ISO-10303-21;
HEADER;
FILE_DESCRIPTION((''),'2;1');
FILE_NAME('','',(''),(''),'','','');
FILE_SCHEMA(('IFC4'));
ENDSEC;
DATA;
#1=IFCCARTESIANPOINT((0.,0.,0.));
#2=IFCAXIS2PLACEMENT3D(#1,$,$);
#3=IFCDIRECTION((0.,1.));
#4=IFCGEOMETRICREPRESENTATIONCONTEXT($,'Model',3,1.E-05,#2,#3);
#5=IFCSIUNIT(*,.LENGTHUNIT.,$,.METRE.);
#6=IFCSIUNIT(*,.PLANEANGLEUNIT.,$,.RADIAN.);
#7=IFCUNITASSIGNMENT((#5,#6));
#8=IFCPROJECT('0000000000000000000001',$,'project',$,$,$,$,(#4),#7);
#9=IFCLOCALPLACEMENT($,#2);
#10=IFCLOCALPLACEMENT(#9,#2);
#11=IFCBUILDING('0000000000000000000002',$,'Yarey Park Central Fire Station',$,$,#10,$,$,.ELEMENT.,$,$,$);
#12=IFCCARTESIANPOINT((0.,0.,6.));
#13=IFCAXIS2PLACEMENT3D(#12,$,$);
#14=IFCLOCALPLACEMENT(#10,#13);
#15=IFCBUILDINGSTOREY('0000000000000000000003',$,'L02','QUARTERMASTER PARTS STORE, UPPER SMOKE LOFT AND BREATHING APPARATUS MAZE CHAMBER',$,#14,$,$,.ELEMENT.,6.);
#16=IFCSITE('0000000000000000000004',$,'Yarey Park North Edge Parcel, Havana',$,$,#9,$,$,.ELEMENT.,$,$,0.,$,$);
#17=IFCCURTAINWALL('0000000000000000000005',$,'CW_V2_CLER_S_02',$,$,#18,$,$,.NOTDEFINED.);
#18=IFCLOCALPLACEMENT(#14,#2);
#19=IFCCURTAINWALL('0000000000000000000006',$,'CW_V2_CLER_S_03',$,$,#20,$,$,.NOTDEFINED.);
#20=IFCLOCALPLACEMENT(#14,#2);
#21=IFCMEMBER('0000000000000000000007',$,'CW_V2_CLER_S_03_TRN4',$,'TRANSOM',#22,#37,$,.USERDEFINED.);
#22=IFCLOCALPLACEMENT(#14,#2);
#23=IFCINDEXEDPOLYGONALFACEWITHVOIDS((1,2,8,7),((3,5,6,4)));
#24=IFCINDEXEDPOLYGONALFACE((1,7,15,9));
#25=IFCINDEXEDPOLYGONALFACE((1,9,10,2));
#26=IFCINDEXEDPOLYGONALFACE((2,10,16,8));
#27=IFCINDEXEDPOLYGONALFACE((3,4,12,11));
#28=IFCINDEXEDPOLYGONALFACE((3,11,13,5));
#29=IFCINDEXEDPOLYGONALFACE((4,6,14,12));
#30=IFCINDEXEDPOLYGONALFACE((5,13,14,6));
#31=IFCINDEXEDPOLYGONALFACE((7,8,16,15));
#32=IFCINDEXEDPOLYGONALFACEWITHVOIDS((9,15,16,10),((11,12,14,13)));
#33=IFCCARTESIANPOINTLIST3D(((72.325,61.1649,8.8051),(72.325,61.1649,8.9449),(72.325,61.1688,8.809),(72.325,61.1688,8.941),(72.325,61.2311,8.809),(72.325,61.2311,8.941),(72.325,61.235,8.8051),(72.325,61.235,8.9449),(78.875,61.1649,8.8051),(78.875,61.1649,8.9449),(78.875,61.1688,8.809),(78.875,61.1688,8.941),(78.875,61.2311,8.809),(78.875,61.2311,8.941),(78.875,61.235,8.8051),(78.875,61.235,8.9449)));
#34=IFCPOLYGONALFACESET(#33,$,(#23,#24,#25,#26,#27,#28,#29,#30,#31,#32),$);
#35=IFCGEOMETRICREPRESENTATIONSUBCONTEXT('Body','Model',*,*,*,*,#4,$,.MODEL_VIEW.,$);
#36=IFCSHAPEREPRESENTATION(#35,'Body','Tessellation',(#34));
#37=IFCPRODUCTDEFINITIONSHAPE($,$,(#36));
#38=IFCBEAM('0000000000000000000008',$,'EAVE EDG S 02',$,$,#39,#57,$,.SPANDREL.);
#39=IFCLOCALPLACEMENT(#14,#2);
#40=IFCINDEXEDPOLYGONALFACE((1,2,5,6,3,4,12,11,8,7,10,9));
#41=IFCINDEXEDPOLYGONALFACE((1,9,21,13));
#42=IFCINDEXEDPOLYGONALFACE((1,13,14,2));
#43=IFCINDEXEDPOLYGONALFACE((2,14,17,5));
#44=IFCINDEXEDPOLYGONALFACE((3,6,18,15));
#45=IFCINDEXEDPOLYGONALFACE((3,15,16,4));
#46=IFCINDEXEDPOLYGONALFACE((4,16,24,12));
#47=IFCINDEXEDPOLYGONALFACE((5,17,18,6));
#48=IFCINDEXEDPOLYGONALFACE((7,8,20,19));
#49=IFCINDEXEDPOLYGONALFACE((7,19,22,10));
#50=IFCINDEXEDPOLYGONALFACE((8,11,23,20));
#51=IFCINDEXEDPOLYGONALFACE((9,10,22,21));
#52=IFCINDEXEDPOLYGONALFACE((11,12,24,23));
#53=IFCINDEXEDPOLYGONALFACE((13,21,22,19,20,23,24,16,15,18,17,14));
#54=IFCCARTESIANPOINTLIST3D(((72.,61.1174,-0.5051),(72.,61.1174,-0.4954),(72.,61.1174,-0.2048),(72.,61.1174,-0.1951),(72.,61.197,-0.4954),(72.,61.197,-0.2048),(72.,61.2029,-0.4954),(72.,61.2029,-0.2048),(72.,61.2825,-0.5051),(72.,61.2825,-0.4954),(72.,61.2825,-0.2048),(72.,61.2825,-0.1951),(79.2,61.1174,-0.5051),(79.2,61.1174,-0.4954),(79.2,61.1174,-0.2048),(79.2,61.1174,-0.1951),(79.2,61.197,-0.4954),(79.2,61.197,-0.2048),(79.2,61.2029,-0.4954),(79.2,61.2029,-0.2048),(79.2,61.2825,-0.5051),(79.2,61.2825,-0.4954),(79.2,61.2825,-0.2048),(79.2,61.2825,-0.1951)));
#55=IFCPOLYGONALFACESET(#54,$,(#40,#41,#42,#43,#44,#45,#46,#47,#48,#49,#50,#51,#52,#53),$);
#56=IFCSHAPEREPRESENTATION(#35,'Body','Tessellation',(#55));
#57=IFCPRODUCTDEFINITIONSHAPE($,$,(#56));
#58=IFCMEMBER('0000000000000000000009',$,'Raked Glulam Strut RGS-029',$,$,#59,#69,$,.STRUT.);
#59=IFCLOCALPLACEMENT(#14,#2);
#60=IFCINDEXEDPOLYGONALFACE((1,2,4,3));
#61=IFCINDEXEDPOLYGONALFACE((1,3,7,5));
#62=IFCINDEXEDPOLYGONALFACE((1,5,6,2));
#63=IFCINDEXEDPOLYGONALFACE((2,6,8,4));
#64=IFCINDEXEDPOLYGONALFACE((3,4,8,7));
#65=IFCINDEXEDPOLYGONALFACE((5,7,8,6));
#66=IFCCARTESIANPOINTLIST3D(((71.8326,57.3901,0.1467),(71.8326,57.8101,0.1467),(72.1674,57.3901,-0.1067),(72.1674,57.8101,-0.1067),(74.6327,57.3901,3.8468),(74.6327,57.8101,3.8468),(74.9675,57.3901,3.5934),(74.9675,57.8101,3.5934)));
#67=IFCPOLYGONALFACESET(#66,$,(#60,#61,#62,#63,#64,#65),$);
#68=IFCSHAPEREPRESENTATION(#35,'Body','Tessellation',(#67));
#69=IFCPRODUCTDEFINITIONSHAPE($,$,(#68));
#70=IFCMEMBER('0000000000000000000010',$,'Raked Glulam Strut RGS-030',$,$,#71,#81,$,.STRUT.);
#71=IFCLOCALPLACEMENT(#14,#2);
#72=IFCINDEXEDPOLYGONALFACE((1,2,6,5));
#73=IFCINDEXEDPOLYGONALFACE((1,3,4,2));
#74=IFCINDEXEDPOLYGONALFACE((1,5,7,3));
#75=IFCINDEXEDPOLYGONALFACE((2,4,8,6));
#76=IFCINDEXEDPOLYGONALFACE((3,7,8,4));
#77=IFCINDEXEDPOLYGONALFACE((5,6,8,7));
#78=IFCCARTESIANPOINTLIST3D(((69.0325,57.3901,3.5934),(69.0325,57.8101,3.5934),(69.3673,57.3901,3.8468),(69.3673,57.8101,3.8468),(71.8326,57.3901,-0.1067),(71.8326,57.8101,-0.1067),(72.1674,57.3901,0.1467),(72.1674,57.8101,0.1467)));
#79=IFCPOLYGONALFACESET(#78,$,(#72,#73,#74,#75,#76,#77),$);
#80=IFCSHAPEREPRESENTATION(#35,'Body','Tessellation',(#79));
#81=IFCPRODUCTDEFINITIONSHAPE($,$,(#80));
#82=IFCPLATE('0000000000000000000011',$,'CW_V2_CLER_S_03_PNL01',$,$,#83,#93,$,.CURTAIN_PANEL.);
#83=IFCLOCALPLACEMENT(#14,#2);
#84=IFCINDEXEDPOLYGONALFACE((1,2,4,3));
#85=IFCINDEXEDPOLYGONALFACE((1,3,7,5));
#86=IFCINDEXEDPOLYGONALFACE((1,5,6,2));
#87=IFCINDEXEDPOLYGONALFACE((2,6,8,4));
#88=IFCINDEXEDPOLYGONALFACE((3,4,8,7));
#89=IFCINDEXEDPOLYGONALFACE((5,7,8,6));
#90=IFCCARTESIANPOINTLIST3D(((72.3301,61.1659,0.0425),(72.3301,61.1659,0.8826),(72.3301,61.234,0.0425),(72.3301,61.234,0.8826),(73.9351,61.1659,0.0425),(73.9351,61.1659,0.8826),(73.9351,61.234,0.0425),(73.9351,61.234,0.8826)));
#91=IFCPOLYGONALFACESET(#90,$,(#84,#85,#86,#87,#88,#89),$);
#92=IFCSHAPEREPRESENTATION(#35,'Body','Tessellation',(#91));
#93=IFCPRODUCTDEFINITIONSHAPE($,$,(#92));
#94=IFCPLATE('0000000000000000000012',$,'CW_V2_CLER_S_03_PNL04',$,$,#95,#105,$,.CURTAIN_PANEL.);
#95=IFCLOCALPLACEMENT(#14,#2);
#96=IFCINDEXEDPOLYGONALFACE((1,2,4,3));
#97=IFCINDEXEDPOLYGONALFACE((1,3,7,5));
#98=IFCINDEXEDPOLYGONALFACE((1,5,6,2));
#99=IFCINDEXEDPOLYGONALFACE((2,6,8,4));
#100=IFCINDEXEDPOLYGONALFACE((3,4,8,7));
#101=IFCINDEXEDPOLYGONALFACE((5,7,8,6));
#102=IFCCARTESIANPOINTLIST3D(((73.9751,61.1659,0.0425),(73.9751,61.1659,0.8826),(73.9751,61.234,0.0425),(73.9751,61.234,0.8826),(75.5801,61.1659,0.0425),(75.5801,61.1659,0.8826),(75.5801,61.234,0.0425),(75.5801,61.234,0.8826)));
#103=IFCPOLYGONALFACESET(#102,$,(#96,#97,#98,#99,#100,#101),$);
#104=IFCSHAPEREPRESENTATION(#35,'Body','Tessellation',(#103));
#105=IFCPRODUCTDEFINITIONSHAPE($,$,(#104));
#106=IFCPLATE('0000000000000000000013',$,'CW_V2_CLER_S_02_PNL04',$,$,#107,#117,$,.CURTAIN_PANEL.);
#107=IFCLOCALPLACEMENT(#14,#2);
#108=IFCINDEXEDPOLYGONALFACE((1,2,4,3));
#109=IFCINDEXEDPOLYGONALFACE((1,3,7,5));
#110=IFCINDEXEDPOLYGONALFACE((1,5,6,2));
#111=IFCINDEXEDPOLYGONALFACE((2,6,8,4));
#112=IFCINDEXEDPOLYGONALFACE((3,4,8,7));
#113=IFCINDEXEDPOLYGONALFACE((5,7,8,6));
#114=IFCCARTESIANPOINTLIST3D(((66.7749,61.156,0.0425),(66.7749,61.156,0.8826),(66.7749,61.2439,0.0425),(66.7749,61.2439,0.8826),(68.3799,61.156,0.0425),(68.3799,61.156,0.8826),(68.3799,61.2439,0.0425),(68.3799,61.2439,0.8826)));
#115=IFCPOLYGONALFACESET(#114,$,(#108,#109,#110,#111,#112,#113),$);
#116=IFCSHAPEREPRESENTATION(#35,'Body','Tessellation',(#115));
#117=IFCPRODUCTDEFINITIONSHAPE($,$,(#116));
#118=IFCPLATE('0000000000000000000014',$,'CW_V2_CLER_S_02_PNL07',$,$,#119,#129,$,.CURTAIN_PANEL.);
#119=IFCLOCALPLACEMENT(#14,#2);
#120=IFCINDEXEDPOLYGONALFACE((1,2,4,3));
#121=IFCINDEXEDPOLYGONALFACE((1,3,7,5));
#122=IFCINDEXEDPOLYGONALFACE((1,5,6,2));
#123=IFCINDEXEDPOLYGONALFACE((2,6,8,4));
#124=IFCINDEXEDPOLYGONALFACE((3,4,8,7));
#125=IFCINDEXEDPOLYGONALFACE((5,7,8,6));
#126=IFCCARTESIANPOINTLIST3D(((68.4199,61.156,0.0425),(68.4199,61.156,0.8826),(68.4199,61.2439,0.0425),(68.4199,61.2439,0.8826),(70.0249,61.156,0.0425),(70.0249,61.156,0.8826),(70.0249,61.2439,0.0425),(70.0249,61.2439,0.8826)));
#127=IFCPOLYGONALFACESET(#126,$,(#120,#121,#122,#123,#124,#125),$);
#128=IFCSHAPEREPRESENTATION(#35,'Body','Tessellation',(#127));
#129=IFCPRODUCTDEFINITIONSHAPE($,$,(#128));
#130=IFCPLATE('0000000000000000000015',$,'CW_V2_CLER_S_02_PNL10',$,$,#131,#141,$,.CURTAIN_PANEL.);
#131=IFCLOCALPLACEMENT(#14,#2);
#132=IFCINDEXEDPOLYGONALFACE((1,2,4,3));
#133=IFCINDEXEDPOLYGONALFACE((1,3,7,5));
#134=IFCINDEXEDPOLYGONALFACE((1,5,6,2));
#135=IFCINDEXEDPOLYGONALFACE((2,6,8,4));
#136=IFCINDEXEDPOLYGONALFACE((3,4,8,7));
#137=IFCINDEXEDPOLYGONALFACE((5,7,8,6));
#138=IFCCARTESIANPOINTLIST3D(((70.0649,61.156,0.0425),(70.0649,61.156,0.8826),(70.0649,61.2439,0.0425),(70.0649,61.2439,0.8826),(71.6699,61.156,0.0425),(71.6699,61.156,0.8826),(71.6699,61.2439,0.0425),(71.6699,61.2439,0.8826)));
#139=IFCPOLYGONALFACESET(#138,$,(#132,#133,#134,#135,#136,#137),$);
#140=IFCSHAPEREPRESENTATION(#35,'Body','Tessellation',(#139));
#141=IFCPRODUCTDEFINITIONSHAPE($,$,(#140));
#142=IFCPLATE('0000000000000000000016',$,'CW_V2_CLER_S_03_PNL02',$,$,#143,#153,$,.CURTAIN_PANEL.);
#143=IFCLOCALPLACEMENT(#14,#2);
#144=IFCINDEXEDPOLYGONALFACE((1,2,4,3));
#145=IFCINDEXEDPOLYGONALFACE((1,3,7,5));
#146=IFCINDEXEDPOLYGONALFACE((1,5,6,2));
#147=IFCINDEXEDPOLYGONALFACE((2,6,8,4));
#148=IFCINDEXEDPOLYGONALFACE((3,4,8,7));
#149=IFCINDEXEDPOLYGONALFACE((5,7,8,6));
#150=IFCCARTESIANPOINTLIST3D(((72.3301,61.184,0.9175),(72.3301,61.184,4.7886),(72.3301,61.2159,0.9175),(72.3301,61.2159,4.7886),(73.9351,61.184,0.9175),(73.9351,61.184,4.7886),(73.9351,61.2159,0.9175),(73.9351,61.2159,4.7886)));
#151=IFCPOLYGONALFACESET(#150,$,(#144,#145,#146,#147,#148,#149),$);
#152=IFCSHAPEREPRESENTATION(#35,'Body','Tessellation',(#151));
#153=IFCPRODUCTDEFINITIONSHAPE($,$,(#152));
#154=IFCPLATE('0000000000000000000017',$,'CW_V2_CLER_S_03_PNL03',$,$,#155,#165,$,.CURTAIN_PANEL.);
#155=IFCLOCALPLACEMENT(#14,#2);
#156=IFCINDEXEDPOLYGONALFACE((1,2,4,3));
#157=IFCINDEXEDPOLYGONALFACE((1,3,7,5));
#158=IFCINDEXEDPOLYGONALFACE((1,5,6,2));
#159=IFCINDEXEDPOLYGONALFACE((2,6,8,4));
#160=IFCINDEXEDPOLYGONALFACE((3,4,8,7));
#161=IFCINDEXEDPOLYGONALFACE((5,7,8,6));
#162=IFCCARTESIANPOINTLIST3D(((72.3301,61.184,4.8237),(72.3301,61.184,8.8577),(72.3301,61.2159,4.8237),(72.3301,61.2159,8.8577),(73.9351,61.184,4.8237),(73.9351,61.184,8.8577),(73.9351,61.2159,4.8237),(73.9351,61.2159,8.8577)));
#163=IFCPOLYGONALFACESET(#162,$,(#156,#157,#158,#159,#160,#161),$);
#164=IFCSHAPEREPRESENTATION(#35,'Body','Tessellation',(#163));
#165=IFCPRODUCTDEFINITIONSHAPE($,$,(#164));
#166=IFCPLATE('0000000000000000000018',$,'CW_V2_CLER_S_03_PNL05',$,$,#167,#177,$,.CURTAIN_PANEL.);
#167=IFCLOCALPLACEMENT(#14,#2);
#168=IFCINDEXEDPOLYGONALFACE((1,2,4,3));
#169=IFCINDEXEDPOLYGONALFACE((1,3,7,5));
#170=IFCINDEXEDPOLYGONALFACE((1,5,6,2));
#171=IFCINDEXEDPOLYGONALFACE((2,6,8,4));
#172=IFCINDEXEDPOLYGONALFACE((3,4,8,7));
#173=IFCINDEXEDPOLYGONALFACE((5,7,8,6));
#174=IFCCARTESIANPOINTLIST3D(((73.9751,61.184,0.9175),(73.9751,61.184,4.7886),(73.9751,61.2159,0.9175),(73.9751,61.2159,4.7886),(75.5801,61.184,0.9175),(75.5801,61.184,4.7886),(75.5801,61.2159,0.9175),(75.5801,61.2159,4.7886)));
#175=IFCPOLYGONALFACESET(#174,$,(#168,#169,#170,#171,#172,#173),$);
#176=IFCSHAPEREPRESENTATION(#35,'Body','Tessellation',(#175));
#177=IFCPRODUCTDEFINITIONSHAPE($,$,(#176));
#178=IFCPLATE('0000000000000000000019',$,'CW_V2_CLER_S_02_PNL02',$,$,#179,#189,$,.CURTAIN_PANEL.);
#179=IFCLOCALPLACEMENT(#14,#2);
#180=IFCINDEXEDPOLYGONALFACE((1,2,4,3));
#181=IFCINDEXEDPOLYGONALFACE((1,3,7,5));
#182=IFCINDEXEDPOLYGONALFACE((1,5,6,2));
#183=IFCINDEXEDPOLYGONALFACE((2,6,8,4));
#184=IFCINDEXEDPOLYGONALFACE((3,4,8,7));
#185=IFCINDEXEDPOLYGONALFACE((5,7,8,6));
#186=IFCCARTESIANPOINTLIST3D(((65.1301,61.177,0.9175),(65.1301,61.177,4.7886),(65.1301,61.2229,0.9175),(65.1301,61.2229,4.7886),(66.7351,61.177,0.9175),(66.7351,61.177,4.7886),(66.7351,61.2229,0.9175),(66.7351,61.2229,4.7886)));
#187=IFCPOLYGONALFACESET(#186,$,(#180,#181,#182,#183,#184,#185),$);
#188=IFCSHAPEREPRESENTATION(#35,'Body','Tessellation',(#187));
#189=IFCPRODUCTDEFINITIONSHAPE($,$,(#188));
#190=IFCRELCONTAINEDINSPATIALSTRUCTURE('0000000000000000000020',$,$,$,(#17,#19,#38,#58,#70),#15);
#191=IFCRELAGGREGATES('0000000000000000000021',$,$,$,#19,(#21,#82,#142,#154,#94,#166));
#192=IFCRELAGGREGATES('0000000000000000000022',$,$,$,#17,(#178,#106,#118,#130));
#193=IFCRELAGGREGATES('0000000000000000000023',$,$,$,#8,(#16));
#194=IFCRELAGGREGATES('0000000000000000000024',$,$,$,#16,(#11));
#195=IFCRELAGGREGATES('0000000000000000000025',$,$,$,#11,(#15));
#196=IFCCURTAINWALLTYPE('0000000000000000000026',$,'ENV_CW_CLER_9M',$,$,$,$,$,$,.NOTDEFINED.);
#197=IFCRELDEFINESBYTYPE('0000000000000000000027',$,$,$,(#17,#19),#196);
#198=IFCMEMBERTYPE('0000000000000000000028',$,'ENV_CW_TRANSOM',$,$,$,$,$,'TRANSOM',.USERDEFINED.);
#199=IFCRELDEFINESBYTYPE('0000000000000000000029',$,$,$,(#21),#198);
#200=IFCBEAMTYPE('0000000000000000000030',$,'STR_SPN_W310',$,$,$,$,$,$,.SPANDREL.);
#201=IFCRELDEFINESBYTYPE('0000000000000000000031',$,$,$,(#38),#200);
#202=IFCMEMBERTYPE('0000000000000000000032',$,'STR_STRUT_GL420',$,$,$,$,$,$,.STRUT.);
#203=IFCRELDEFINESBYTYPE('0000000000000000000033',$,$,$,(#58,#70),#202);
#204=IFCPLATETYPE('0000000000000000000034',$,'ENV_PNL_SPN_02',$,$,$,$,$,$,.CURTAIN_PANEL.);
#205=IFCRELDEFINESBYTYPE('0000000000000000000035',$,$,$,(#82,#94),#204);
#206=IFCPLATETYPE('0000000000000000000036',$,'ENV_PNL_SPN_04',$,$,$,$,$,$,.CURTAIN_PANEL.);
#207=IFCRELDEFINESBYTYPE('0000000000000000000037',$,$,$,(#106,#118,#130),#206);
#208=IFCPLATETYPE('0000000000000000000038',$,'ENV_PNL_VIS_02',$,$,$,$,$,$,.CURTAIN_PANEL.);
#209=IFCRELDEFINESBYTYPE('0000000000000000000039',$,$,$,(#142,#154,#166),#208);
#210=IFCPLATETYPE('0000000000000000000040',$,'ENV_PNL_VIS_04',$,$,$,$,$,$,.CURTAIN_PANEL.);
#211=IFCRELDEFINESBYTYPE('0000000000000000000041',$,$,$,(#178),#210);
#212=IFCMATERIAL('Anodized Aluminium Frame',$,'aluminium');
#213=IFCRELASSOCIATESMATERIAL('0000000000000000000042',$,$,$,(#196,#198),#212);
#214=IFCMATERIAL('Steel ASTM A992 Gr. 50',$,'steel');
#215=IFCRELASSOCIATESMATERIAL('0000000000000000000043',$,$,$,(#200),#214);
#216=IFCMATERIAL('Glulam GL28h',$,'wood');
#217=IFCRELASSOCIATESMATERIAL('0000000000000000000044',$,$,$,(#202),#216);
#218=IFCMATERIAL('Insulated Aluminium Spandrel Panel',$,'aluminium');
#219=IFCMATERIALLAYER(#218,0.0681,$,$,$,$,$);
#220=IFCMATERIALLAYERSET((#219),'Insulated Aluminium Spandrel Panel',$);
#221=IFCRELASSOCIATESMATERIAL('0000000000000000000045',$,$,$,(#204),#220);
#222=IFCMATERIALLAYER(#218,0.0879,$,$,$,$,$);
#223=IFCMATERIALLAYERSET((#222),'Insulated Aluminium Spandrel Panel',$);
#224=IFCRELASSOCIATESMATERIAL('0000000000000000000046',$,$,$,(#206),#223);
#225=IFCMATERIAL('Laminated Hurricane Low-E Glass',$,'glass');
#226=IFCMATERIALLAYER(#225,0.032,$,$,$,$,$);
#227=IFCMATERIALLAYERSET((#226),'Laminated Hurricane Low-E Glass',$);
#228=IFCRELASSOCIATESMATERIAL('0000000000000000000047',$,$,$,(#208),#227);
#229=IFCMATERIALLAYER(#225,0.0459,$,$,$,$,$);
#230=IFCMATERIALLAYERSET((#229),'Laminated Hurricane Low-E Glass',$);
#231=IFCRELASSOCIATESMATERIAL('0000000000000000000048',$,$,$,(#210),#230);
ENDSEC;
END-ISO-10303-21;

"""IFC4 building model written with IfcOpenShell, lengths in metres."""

from ifc_helpers import new_model, si_unit, direction, frame, origin, origin_2d, place, context, subcontext, project, spatial, rectangle, hollow_rectangle, i_section, extrude, material, layer, layer_set, material_profile, profile_set, type_object, element, aggregate, save


model = new_model("IFC4")

# Units and contexts
model_context = context("Model", 3, precision=1e-05, world=origin(), true_north=direction((0.0, 1.0)))
body_context = subcontext(model_context, "Body", "Model", "MODEL_VIEW")
ifc_project = project(units=[si_unit("LENGTHUNIT", "METRE"), si_unit("PLANEANGLEUNIT", "RADIAN")], contexts=[model_context])

# Site, building, storey
site_placement = place(None, origin())
site = spatial("IfcSite", under=ifc_project, at=site_placement, Name="Yarey Park North Edge Parcel, Havana", CompositionType="ELEMENT", RefElevation=0.0)
building_placement = place(site_placement, origin())
building = spatial("IfcBuilding", under=site, at=building_placement, Name="Yarey Park Central Fire Station", CompositionType="ELEMENT")
storey_placement = place(building_placement, frame((0.0, 0.0, 6.0)))
storey = spatial("IfcBuildingStorey", under=building, at=storey_placement, Name="L02", Description="QUARTERMASTER PARTS STORE, UPPER SMOKE LOFT AND BREATHING APPARATUS MAZE CHAMBER", CompositionType="ELEMENT", Elevation=6.0)

# Shared definitions
ifc_material_1 = material(Name="Steel ASTM A992 Gr. 50", Category="steel")

# Curtain walls, member
ifc_material_2 = material(Name="Anodized Aluminium Frame", Category="aluminium")
curtain_wall_type = type_object("IfcCurtainWallType", Name="ENV_CW_CLER_9M", PredefinedType="NOTDEFINED", material=ifc_material_2)
curtain_wall_1_placement = place(storey_placement, origin())
curtain_wall_1 = element("IfcCurtainWall", 1, at=curtain_wall_1_placement, inside=storey, type_object=curtain_wall_type, Name="CW_V2_CLER_S_02", PredefinedType="NOTDEFINED")
curtain_wall_2_placement = place(storey_placement, origin())
curtain_wall_2 = element("IfcCurtainWall", 2, at=curtain_wall_2_placement, inside=storey, type_object=curtain_wall_type, Name="CW_V2_CLER_S_03", PredefinedType="NOTDEFINED")
ifc_material_profile_1 = material_profile(ifc_material_2, hollow_rectangle(XDim=0.0701, YDim=0.1399, WallThickness=0.0039, at=origin_2d()), Name="ALU 140x70x4")
ifc_profile_set_1 = profile_set([ifc_material_profile_1], Name="Anodized Aluminium Frame")
member_type_1 = type_object("IfcMemberType", Name="ENV_CW_TRANSOM", ElementType="TRANSOM", PredefinedType="USERDEFINED", material=ifc_profile_set_1)
member_1_placement = place(storey_placement, frame((72.325, 61.2, 8.875), z_axis=(1.0, 0.0, 0.0), x_axis=(0.0, 1.0, 0.0)))
member_1 = element("IfcMember", 3, at=member_1_placement, type_object=member_type_1, Name="CW_V2_CLER_S_03_TRN4", ObjectType="TRANSOM", PredefinedType="USERDEFINED", context=body_context, shape_type="SweptSolid", body=[
    extrude(hollow_rectangle(XDim=0.0701, YDim=0.1399, WallThickness=0.0039, at=origin_2d()), origin(), (0.0, 0.0, 1.0), 6.55),
])

# Beam
ifc_material_profile_2 = material_profile(ifc_material_1, i_section(OverallWidth=0.165, OverallDepth=0.3101, WebThickness=0.0059, FlangeThickness=0.0098, at=origin_2d()), Name="W310x39")
ifc_profile_set_2 = profile_set([ifc_material_profile_2], Name="Steel ASTM A992 Gr. 50")
beam_type = type_object("IfcBeamType", Name="STR_SPN_W310", PredefinedType="SPANDREL", material=ifc_profile_set_2)
beam_placement = place(storey_placement, frame((72.0, 61.2, -0.3501), z_axis=(1.0, 0.0, 0.0), x_axis=(0.0, 1.0, 0.0)))
element("IfcBeam", 4, at=beam_placement, inside=storey, type_object=beam_type, Name="EAVE EDG S 02", PredefinedType="SPANDREL", context=body_context, shape_type="SweptSolid", body=[
    extrude(i_section(OverallWidth=0.165, OverallDepth=0.3101, WebThickness=0.0059, FlangeThickness=0.0098, at=origin_2d()), origin(), (0.0, 0.0, 1.0), 7.2),
])

# Members
ifc_material_3 = material(Name="Glulam GL28h", Category="wood")
ifc_material_profile_3 = material_profile(ifc_material_3, rectangle(XDim=0.4199, YDim=0.4199, at=origin_2d()), Name="GL 420x420")
ifc_profile_set_3 = profile_set([ifc_material_profile_3], Name="Glulam GL28h")
member_type_2 = type_object("IfcMemberType", Name="STR_STRUT_GL420", PredefinedType="STRUT", material=ifc_profile_set_3)
for number, where, z_axis, x_axis, name in (
    (5, (72.0, 57.6001, 0.02), (0.603454, 0.0, 0.797397), (0.0, 1.0, 0.0), "Raked Glulam Strut RGS-029"),
    (6, (72.0, 57.6001, 0.02), (-0.603454, 0.0, 0.797397), (0.0, -1.0, 0.0), "Raked Glulam Strut RGS-030"),
):
    element("IfcMember", number, at=place(storey_placement, frame(where, z_axis=z_axis, x_axis=x_axis)), inside=storey, type_object=member_type_2, Name=name, PredefinedType="STRUT", context=body_context, shape_type="SweptSolid", body=[
        extrude(rectangle(XDim=0.4199, YDim=0.4199, at=origin_2d()), origin(), (0.0, 0.0, 1.0), 4.6401),
    ])

# Plates
ifc_material_4 = material(Name="Insulated Aluminium Spandrel Panel", Category="aluminium")
ifc_layer_1 = layer(ifc_material_4, 0.0681)
ifc_layer_set_1 = layer_set([ifc_layer_1], Name="Insulated Aluminium Spandrel Panel")
plate_type_1 = type_object("IfcPlateType", Name="ENV_PNL_SPN_02", PredefinedType="CURTAIN_PANEL", material=ifc_layer_set_1)
plate_1_placement = place(storey_placement, frame((73.1326, 61.2, 0.0425), z_axis=(0.0, 0.0, 1.0), x_axis=(1.0, 0.0, 0.0)))
plate_1 = element("IfcPlate", 7, at=plate_1_placement, type_object=plate_type_1, Name="CW_V2_CLER_S_03_PNL01", PredefinedType="CURTAIN_PANEL", context=body_context, shape_type="SweptSolid", body=[
    extrude(rectangle(XDim=1.605, YDim=0.0681, at=origin_2d()), origin(), (0.0, 0.0, 1.0), 0.8401),
])
plate_2_placement = place(storey_placement, frame((74.7776, 61.2, 0.0425), z_axis=(0.0, 0.0, 1.0), x_axis=(1.0, 0.0, 0.0)))
plate_2 = element("IfcPlate", 8, at=plate_2_placement, type_object=plate_type_1, Name="CW_V2_CLER_S_03_PNL04", PredefinedType="CURTAIN_PANEL", context=body_context, shape_type="SweptSolid", body=[
    extrude(rectangle(XDim=1.605, YDim=0.0681, at=origin_2d()), origin(), (0.0, 0.0, 1.0), 0.8401),
])
ifc_layer_2 = layer(ifc_material_4, 0.0879)
ifc_layer_set_2 = layer_set([ifc_layer_2], Name="Insulated Aluminium Spandrel Panel")
plate_type_2 = type_object("IfcPlateType", Name="ENV_PNL_SPN_04", PredefinedType="CURTAIN_PANEL", material=ifc_layer_set_2)
plate_3_placement = place(storey_placement, frame((67.5774, 61.2, 0.0425), z_axis=(0.0, 0.0, 1.0), x_axis=(1.0, 0.0, 0.0)))
plate_3 = element("IfcPlate", 9, at=plate_3_placement, type_object=plate_type_2, Name="CW_V2_CLER_S_02_PNL04", PredefinedType="CURTAIN_PANEL", context=body_context, shape_type="SweptSolid", body=[
    extrude(rectangle(XDim=1.605, YDim=0.0879, at=origin_2d()), origin(), (0.0, 0.0, 1.0), 0.8401),
])
plate_4_placement = place(storey_placement, frame((69.2224, 61.2, 0.0425), z_axis=(0.0, 0.0, 1.0), x_axis=(1.0, 0.0, 0.0)))
plate_4 = element("IfcPlate", 10, at=plate_4_placement, type_object=plate_type_2, Name="CW_V2_CLER_S_02_PNL07", PredefinedType="CURTAIN_PANEL", context=body_context, shape_type="SweptSolid", body=[
    extrude(rectangle(XDim=1.605, YDim=0.0879, at=origin_2d()), origin(), (0.0, 0.0, 1.0), 0.8401),
])
plate_5_placement = place(storey_placement, frame((70.8674, 61.2, 0.0425), z_axis=(0.0, 0.0, 1.0), x_axis=(1.0, 0.0, 0.0)))
plate_5 = element("IfcPlate", 11, at=plate_5_placement, type_object=plate_type_2, Name="CW_V2_CLER_S_02_PNL10", PredefinedType="CURTAIN_PANEL", context=body_context, shape_type="SweptSolid", body=[
    extrude(rectangle(XDim=1.605, YDim=0.0879, at=origin_2d()), origin(), (0.0, 0.0, 1.0), 0.8401),
])
ifc_material_5 = material(Name="Laminated Hurricane Low-E Glass", Category="glass")
ifc_layer_3 = layer(ifc_material_5, 0.032)
ifc_layer_set_3 = layer_set([ifc_layer_3], Name="Laminated Hurricane Low-E Glass")
plate_type_3 = type_object("IfcPlateType", Name="ENV_PNL_VIS_02", PredefinedType="CURTAIN_PANEL", material=ifc_layer_set_3)
plate_6_placement = place(storey_placement, frame((73.1326, 61.2, 0.9175), z_axis=(0.0, 0.0, 1.0), x_axis=(1.0, 0.0, 0.0)))
plate_6 = element("IfcPlate", 12, at=plate_6_placement, type_object=plate_type_3, Name="CW_V2_CLER_S_03_PNL02", PredefinedType="CURTAIN_PANEL", context=body_context, shape_type="SweptSolid", body=[
    extrude(rectangle(XDim=1.605, YDim=0.032, at=origin_2d()), origin(), (0.0, 0.0, 1.0), 3.8711),
])
plate_7_placement = place(storey_placement, frame((73.1326, 61.2, 4.8237), z_axis=(0.0, 0.0, 1.0), x_axis=(1.0, 0.0, 0.0)))
plate_7 = element("IfcPlate", 13, at=plate_7_placement, type_object=plate_type_3, Name="CW_V2_CLER_S_03_PNL03", PredefinedType="CURTAIN_PANEL", context=body_context, shape_type="SweptSolid", body=[
    extrude(rectangle(XDim=1.605, YDim=0.032, at=origin_2d()), origin(), (0.0, 0.0, 1.0), 4.0339),
])
plate_8_placement = place(storey_placement, frame((74.7776, 61.2, 0.9175), z_axis=(0.0, 0.0, 1.0), x_axis=(1.0, 0.0, 0.0)))
plate_8 = element("IfcPlate", 14, at=plate_8_placement, type_object=plate_type_3, Name="CW_V2_CLER_S_03_PNL05", PredefinedType="CURTAIN_PANEL", context=body_context, shape_type="SweptSolid", body=[
    extrude(rectangle(XDim=1.605, YDim=0.032, at=origin_2d()), origin(), (0.0, 0.0, 1.0), 3.8711),
])
aggregate(curtain_wall_2, [member_1, plate_1, plate_6, plate_7, plate_2, plate_8])
ifc_layer_4 = layer(ifc_material_5, 0.0459)
ifc_layer_set_4 = layer_set([ifc_layer_4], Name="Laminated Hurricane Low-E Glass")
plate_type_4 = type_object("IfcPlateType", Name="ENV_PNL_VIS_04", PredefinedType="CURTAIN_PANEL", material=ifc_layer_set_4)
plate_9_placement = place(storey_placement, frame((65.9326, 61.2, 0.9175), z_axis=(0.0, 0.0, 1.0), x_axis=(1.0, 0.0, 0.0)))
plate_9 = element("IfcPlate", 15, at=plate_9_placement, type_object=plate_type_4, Name="CW_V2_CLER_S_02_PNL02", PredefinedType="CURTAIN_PANEL", context=body_context, shape_type="SweptSolid", body=[
    extrude(rectangle(XDim=1.605, YDim=0.0459, at=origin_2d()), origin(), (0.0, 0.0, 1.0), 3.8711),
])
aggregate(curtain_wall_1, [plate_9, plate_3, plate_4, plate_5])

save(model, "model.ifc")
